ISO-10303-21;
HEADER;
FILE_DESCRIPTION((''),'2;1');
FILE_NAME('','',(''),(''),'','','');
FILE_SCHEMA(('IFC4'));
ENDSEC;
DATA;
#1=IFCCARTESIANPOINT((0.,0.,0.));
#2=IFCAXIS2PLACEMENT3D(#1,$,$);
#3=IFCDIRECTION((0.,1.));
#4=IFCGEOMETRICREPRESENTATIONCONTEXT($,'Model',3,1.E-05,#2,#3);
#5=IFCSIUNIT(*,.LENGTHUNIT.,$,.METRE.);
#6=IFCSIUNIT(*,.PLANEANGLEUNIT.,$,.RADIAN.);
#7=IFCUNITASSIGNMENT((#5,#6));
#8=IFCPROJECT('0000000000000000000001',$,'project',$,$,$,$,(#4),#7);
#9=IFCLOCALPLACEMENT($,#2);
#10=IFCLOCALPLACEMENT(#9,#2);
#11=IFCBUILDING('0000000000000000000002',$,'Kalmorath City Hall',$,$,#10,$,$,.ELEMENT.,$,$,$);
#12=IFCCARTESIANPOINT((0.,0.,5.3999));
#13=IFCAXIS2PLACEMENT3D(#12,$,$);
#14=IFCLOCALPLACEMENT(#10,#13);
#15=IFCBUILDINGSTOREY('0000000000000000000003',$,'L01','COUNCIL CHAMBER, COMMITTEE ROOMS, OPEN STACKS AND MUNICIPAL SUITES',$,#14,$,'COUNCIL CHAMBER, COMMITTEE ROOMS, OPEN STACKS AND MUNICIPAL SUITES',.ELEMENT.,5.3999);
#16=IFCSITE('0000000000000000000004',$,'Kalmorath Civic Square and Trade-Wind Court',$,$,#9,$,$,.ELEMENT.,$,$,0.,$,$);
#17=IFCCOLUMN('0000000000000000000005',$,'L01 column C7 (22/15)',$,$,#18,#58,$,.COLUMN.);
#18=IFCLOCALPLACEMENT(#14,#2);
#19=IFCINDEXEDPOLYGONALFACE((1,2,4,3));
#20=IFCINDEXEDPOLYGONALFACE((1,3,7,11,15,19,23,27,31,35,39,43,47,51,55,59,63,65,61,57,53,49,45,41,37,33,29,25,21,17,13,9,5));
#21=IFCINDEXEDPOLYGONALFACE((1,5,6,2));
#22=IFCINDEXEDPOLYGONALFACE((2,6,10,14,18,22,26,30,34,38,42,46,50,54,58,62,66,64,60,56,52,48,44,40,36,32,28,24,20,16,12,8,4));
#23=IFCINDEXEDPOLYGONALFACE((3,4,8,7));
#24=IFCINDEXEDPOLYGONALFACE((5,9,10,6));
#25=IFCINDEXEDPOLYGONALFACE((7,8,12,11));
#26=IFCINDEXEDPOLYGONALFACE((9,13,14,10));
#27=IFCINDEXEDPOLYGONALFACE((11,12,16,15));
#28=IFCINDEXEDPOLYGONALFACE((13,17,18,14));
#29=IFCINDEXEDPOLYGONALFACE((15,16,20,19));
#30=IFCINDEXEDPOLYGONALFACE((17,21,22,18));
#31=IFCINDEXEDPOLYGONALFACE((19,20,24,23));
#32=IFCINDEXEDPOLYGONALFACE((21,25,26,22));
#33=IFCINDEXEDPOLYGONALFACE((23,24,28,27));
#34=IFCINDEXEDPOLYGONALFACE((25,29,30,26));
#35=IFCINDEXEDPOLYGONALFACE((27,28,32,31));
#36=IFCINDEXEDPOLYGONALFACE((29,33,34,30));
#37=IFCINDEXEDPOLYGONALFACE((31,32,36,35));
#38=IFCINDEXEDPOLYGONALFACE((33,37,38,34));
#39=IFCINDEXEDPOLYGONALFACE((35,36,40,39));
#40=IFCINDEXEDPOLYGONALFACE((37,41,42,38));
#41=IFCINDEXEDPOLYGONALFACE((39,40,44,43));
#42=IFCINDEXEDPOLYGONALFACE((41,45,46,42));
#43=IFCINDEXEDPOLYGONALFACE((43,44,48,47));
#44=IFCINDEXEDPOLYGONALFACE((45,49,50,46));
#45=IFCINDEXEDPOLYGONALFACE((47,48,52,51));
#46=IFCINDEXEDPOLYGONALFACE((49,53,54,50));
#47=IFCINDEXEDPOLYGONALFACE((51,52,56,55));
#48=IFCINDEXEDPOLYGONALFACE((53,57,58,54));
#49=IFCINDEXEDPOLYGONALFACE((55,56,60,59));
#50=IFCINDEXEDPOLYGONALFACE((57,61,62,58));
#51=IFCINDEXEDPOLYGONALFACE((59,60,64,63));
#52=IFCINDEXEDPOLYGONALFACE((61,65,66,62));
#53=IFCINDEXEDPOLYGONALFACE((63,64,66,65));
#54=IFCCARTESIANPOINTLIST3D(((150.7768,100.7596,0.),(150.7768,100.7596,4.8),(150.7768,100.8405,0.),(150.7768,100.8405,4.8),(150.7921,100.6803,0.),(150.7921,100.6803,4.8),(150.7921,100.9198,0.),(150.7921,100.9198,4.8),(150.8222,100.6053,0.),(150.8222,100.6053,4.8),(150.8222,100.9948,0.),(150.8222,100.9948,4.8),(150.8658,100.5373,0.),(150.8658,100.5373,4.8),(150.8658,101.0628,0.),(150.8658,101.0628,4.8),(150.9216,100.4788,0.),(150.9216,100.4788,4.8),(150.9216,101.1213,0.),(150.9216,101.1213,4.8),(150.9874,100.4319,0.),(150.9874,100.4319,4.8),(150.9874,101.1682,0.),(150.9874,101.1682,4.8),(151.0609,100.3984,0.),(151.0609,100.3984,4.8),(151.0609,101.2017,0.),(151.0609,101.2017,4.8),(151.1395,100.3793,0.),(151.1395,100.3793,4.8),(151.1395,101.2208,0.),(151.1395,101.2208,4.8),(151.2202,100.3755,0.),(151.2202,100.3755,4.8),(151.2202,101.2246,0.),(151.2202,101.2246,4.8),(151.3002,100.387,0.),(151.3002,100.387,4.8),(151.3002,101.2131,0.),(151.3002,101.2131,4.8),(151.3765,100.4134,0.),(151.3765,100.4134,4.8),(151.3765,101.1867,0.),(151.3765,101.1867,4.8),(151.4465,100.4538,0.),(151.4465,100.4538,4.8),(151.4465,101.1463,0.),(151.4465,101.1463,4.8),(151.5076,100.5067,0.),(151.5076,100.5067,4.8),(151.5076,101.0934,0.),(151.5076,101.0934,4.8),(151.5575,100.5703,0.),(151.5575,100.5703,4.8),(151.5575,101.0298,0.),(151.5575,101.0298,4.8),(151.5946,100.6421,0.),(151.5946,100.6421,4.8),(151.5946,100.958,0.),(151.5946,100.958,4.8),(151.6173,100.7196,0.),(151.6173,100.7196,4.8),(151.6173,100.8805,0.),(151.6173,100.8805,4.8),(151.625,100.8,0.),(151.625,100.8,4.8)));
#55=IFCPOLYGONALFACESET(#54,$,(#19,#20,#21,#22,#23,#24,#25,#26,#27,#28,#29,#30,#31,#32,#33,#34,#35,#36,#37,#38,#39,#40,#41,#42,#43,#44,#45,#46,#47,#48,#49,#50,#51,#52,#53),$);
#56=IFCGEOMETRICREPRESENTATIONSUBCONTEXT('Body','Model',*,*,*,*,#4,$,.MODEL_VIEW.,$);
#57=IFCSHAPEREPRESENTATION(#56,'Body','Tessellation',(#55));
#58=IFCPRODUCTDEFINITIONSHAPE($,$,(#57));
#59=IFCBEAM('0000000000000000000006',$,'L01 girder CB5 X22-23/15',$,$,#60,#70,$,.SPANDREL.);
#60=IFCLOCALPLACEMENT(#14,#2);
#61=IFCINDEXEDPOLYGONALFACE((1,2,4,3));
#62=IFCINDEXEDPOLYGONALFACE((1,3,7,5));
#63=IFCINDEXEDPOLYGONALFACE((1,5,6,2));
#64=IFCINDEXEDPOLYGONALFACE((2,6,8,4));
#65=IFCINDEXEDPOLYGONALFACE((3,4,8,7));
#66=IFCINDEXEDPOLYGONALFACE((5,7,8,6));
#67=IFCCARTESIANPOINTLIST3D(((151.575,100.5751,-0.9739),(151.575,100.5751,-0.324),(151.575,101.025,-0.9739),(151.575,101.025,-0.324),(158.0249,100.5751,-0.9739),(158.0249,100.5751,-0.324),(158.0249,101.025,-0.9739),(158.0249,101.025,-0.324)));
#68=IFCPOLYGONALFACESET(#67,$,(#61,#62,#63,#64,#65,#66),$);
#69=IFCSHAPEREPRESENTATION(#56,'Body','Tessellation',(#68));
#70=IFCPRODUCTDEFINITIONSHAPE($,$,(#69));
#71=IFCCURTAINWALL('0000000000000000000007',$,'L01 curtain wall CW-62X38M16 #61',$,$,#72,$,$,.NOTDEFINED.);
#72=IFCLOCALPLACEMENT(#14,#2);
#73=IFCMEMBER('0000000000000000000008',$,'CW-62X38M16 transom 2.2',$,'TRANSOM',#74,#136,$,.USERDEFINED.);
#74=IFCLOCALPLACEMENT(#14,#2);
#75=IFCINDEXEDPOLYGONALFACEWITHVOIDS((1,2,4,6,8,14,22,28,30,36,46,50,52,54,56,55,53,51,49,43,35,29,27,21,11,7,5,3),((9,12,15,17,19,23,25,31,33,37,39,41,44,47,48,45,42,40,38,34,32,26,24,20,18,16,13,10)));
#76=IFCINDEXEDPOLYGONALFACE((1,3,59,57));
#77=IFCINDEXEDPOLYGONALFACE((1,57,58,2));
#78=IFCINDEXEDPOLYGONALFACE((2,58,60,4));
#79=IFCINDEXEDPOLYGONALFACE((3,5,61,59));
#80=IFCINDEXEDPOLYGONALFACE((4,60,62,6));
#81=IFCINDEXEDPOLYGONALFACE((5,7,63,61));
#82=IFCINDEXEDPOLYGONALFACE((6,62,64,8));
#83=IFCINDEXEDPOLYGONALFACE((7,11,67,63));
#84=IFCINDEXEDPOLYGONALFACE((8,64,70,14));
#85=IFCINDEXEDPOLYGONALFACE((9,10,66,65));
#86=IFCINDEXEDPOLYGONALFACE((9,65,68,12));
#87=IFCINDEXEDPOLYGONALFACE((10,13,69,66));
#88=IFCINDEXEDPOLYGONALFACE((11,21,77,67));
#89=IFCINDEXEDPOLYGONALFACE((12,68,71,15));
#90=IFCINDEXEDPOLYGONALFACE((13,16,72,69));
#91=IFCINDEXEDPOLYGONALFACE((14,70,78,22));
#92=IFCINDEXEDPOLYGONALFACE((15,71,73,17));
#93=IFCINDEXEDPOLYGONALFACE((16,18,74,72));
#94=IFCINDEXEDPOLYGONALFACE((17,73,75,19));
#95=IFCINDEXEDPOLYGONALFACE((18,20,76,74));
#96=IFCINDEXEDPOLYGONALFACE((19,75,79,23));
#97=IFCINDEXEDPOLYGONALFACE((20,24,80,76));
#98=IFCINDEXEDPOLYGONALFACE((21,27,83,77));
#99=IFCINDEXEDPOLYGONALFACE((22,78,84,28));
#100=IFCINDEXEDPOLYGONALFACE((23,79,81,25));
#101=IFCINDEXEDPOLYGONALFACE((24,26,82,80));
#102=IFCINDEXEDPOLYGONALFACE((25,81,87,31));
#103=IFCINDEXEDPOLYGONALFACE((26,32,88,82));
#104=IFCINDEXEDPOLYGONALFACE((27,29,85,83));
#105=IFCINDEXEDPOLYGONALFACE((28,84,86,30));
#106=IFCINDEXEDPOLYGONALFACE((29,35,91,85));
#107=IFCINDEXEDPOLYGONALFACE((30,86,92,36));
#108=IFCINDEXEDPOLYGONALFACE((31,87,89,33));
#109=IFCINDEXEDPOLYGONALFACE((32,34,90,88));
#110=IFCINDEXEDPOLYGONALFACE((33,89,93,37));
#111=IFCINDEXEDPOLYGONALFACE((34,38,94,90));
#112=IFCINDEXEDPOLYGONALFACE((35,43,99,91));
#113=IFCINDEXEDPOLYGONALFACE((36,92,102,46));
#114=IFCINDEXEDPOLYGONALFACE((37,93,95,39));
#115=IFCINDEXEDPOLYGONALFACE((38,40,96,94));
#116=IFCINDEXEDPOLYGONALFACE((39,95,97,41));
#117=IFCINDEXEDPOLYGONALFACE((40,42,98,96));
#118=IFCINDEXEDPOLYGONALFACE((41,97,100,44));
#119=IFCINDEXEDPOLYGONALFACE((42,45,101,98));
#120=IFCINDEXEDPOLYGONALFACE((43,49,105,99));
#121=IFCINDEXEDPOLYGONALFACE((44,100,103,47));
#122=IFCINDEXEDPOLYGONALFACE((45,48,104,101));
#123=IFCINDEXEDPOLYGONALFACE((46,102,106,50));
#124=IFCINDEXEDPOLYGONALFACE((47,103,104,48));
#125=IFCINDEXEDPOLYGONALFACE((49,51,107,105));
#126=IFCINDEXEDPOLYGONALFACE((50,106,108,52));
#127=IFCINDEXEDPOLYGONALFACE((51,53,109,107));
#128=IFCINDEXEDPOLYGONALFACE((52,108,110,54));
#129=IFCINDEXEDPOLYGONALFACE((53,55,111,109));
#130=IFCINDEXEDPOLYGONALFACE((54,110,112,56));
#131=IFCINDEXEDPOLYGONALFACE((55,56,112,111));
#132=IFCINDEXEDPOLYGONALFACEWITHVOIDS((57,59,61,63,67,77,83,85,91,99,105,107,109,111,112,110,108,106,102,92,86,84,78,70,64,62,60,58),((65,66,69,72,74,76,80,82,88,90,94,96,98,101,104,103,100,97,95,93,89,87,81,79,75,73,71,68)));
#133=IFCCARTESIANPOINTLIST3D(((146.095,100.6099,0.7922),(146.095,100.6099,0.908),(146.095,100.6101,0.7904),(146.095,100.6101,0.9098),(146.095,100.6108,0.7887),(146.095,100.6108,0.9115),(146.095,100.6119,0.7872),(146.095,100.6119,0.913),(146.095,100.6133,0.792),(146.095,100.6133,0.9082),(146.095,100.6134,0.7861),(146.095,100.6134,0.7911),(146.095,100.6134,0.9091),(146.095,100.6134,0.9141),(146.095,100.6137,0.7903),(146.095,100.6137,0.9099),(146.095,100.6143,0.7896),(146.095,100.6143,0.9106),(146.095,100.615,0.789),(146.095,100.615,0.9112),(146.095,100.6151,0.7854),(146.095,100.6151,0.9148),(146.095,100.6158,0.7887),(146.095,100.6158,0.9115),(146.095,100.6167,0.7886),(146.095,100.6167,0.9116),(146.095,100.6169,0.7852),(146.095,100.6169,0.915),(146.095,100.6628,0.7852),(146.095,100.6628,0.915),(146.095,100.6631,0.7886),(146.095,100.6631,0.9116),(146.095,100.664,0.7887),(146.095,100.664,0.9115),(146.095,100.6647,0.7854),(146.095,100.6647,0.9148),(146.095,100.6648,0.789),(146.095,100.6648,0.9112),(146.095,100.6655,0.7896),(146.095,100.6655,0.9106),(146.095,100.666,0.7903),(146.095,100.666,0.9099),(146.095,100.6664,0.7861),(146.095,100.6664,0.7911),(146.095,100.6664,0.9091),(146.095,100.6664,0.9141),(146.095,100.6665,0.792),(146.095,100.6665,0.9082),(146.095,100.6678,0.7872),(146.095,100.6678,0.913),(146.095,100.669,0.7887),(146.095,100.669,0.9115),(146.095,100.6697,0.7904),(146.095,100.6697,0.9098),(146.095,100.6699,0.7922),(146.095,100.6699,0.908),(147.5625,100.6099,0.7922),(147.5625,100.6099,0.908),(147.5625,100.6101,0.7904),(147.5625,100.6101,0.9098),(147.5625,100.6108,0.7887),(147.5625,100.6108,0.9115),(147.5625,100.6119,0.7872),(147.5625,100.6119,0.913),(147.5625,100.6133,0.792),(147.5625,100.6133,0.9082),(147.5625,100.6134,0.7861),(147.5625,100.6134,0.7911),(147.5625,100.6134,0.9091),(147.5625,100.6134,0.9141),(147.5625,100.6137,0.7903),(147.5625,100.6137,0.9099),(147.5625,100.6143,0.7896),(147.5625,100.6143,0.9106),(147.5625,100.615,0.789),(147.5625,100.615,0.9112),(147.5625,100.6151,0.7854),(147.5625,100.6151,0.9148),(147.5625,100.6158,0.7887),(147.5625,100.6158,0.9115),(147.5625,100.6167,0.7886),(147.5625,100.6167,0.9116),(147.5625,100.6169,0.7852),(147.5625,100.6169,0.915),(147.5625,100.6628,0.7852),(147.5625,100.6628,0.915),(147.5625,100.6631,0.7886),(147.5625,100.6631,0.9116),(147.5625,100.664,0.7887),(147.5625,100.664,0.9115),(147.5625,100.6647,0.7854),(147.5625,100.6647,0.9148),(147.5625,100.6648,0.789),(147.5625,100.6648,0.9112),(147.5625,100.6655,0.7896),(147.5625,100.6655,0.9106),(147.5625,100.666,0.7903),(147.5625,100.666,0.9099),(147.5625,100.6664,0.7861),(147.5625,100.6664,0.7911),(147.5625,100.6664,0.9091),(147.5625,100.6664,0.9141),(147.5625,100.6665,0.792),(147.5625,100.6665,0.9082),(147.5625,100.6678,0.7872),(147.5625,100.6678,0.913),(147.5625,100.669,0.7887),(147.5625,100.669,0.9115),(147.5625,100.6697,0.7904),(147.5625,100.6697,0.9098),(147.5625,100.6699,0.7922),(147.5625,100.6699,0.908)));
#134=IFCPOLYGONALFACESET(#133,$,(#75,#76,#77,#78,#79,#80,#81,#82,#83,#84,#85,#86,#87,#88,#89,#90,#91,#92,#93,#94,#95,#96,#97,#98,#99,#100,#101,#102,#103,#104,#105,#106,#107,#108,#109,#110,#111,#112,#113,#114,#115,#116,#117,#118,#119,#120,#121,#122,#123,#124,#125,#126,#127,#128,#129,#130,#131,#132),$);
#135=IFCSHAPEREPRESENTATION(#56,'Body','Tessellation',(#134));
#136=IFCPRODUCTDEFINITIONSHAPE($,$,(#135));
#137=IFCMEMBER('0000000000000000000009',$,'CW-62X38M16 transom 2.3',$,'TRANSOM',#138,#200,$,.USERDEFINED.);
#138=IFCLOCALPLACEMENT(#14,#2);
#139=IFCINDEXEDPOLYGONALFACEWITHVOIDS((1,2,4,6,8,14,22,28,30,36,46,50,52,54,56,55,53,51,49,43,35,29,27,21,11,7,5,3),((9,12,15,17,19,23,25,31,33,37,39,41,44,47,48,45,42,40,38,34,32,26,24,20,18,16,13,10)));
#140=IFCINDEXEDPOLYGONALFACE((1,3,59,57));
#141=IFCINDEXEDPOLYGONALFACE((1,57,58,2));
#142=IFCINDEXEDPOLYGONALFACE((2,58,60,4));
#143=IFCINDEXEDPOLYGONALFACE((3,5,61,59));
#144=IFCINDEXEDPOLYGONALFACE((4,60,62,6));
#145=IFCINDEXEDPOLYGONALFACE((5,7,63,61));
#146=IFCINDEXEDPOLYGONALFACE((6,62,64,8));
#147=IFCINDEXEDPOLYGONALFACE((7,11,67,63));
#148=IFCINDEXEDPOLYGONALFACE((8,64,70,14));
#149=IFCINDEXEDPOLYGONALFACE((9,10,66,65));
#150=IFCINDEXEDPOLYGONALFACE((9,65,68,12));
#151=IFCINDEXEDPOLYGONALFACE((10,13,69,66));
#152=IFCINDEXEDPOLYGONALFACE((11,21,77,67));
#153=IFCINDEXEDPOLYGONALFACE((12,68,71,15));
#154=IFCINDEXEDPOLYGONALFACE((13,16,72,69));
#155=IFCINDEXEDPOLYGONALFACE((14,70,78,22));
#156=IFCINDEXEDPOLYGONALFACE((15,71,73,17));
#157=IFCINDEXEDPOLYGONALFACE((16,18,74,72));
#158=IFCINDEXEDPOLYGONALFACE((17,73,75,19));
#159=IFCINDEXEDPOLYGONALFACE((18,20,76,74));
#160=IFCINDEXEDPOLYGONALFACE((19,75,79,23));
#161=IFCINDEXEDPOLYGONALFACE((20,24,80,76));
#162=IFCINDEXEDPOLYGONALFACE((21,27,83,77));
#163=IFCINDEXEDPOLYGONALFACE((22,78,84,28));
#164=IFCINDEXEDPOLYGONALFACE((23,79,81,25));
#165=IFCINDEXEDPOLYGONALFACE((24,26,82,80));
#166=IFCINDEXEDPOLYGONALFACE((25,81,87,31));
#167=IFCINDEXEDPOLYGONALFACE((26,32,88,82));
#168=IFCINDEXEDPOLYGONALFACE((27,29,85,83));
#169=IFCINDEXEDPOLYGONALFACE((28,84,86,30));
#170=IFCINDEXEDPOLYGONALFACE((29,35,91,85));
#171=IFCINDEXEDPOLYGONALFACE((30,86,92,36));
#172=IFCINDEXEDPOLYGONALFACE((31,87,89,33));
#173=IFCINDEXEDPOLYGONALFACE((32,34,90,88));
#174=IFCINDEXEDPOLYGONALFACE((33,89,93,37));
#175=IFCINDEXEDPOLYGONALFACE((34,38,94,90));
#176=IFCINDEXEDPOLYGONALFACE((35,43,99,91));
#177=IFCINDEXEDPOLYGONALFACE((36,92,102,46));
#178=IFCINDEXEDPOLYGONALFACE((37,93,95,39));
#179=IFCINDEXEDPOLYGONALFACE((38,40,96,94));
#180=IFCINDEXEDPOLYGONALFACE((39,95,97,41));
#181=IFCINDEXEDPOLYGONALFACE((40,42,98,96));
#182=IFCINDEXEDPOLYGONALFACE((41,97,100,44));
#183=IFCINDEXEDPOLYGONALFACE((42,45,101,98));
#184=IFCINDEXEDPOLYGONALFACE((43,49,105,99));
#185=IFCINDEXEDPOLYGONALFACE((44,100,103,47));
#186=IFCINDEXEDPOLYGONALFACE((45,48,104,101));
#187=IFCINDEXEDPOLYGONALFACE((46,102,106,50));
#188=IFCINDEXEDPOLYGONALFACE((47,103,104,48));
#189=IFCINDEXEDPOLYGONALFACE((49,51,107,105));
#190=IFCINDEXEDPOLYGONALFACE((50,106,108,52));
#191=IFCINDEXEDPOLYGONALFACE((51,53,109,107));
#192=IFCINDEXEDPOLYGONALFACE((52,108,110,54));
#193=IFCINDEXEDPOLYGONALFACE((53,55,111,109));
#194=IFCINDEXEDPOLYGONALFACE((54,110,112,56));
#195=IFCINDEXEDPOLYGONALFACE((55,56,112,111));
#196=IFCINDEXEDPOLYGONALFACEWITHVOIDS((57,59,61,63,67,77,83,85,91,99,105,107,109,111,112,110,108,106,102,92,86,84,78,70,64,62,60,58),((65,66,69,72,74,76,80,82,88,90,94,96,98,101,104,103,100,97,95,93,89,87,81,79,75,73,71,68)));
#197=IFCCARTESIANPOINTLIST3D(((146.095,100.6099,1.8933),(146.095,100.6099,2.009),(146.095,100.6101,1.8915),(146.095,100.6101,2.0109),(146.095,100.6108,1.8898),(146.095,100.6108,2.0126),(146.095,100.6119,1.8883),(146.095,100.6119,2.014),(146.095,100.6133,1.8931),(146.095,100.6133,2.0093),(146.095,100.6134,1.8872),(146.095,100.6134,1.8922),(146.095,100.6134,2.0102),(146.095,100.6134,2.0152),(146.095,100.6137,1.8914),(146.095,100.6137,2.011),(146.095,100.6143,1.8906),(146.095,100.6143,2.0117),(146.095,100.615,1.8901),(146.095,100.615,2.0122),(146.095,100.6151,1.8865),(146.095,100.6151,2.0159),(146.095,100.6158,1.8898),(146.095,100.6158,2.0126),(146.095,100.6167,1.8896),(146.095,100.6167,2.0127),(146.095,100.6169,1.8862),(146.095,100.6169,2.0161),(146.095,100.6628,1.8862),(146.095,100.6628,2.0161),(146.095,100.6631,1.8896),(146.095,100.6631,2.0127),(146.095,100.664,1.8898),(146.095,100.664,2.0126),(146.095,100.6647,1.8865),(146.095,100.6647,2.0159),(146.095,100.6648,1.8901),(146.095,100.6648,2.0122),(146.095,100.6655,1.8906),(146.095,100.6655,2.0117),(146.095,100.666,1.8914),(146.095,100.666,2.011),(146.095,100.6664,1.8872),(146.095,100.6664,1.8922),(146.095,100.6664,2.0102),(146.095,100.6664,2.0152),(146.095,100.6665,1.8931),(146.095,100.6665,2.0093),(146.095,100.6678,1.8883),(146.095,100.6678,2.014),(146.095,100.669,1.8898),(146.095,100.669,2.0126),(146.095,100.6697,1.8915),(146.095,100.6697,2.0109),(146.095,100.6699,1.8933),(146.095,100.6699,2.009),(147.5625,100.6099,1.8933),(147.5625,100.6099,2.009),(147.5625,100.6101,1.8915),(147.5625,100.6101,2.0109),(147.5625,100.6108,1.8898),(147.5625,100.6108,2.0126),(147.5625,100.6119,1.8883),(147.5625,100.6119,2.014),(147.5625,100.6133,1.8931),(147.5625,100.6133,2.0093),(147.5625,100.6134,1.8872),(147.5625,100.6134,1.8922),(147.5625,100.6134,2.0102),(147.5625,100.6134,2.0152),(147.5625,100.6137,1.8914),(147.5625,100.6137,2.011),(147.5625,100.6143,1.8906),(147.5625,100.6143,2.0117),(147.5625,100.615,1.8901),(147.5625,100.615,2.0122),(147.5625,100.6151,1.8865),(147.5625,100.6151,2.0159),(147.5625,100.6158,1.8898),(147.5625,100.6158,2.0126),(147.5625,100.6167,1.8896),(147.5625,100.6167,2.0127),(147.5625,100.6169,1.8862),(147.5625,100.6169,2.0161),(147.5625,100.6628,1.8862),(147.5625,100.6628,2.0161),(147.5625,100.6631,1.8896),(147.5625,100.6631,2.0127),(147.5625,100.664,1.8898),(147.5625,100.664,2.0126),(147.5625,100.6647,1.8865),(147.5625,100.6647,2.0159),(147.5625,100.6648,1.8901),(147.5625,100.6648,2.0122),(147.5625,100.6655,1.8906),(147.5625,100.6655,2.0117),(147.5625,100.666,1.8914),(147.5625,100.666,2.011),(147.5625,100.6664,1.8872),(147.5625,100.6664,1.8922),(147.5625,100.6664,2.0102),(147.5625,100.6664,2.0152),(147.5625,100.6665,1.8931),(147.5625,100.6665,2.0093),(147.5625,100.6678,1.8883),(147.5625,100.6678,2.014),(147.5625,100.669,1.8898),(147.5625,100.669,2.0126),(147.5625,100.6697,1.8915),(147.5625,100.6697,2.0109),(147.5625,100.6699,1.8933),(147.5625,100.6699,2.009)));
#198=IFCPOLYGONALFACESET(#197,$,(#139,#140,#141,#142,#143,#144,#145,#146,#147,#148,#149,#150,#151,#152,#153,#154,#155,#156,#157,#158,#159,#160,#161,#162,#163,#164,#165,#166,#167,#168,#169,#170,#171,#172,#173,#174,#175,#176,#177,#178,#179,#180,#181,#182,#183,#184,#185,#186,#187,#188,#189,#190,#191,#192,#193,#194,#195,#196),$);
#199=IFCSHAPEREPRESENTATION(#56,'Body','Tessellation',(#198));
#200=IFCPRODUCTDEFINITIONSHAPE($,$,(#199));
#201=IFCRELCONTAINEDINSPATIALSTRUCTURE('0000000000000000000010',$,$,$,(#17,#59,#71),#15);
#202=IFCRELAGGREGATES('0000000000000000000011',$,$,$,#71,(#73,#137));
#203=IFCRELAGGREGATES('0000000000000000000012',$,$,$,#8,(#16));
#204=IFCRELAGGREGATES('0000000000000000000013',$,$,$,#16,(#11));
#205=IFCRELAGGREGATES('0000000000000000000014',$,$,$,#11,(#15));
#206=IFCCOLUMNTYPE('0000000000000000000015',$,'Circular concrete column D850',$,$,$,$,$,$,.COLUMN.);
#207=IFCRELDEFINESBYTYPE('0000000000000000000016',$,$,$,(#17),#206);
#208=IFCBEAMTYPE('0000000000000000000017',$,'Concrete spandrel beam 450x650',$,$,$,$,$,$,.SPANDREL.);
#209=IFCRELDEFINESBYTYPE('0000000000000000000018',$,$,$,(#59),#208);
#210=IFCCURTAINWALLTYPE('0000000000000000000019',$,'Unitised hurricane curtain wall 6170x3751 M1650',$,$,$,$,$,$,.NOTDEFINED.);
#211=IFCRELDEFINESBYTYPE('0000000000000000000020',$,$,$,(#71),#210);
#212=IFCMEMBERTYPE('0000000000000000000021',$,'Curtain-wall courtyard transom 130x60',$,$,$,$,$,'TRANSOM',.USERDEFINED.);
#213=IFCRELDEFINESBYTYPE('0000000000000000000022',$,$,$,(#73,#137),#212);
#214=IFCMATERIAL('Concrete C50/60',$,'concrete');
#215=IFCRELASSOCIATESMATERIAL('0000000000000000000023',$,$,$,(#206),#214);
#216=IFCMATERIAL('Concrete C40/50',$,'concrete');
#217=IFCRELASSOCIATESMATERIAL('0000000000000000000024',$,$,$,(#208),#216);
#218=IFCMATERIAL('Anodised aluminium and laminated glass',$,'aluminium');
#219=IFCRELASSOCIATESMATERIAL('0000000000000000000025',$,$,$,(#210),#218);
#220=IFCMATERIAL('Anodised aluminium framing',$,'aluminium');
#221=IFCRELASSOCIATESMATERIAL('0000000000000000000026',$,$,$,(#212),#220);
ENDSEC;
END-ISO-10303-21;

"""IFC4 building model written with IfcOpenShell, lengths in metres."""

from ifc_helpers import new_model, si_unit, direction, frame, origin, origin_2d, place, context, subcontext, project, spatial, rectangle, hollow_rectangle, circle, extrude, material, material_profile, profile_set, type_object, element, aggregate, save


model = new_model("IFC4")

# Units and contexts
model_context = context("Model", 3, precision=1e-05, world=origin(), true_north=direction((0.0, 1.0)))
body_context = subcontext(model_context, "Body", "Model", "MODEL_VIEW")
ifc_project = project(units=[si_unit("LENGTHUNIT", "METRE"), si_unit("PLANEANGLEUNIT", "RADIAN")], contexts=[model_context])

# Site, building, storey
site_placement = place(None, origin())
site = spatial("IfcSite", under=ifc_project, at=site_placement, Name="Kalmorath Civic Square and Trade-Wind Court", CompositionType="ELEMENT", RefElevation=0.0)
building_placement = place(site_placement, origin())
building = spatial("IfcBuilding", under=site, at=building_placement, Name="Kalmorath City Hall", CompositionType="ELEMENT")
storey_placement = place(building_placement, frame((0.0, 0.0, 5.3999)))
storey = spatial("IfcBuildingStorey", under=building, at=storey_placement, Name="L01", Description="COUNCIL CHAMBER, COMMITTEE ROOMS, OPEN STACKS AND MUNICIPAL SUITES", LongName="COUNCIL CHAMBER, COMMITTEE ROOMS, OPEN STACKS AND MUNICIPAL SUITES", CompositionType="ELEMENT", Elevation=5.3999)

# Column
ifc_material_1 = material(Name="Concrete C50/60", Category="concrete")
ifc_material_profile_1 = material_profile(ifc_material_1, circle(Radius=0.425, at=origin_2d()), Name="RC-COL-D850")
ifc_profile_set_1 = profile_set([ifc_material_profile_1], Name="Concrete C50/60")
column_type = type_object("IfcColumnType", Name="Circular concrete column D850", PredefinedType="COLUMN", material=ifc_profile_set_1)
column_placement = place(storey_placement, frame((151.2, 100.8, 0.0), z_axis=(0.0, 0.0, 1.0), x_axis=(1.0, 0.0, 0.0)))
element("IfcColumn", 1, at=column_placement, inside=storey, type_object=column_type, Name="L01 column C7 (22/15)", PredefinedType="COLUMN", context=body_context, shape_type="SweptSolid", body=[
    extrude(circle(Radius=0.425, at=origin_2d()), origin(), (0.0, 0.0, 1.0), 4.8),
])

# Beam
ifc_material_2 = material(Name="Concrete C40/50", Category="concrete")
ifc_material_profile_2 = material_profile(ifc_material_2, rectangle(XDim=0.45, YDim=0.6499, at=origin_2d()), Name="RC-BM-450X650")
ifc_profile_set_2 = profile_set([ifc_material_profile_2], Name="Concrete C40/50")
beam_type = type_object("IfcBeamType", Name="Concrete spandrel beam 450x650", PredefinedType="SPANDREL", material=ifc_profile_set_2)
beam_placement = place(storey_placement, frame((151.575, 100.8, -0.6489), z_axis=(1.0, 0.0, 0.0), x_axis=(0.0, 1.0, 0.0)))
element("IfcBeam", 2, at=beam_placement, inside=storey, type_object=beam_type, Name="L01 girder CB5 X22-23/15", PredefinedType="SPANDREL", context=body_context, shape_type="SweptSolid", body=[
    extrude(rectangle(XDim=0.45, YDim=0.6499, at=origin_2d()), origin(), (0.0, 0.0, 1.0), 6.45),
])

# Curtain wall, members
ifc_material_3 = material(Name="Anodised aluminium and laminated glass", Category="aluminium")
curtain_wall_type = type_object("IfcCurtainWallType", Name="Unitised hurricane curtain wall 6170x3751 M1650", PredefinedType="NOTDEFINED", material=ifc_material_3)
curtain_wall_placement = place(storey_placement, origin())
curtain_wall = element("IfcCurtainWall", 3, at=curtain_wall_placement, inside=storey, type_object=curtain_wall_type, Name="L01 curtain wall CW-62X38M16 #61", PredefinedType="NOTDEFINED")
ifc_material_4 = material(Name="Anodised aluminium framing", Category="aluminium")
ifc_material_profile_3 = material_profile(ifc_material_4, hollow_rectangle(XDim=0.0601, YDim=0.1299, WallThickness=0.0034, InnerFilletRadius=0.0034, OuterFilletRadius=0.0071, at=origin_2d()), Name="ALU-TRN-130X60X3.5")
ifc_profile_set_3 = profile_set([ifc_material_profile_3], Name="Anodised aluminium framing")
member_type_1 = type_object("IfcMemberType", Name="Curtain-wall courtyard transom 130x60", ElementType="TRANSOM", PredefinedType="USERDEFINED", material=ifc_profile_set_3)
member_1_placement = place(storey_placement, frame((146.095, 100.6399, 0.8501), z_axis=(1.0, 0.0, 0.0), x_axis=(0.0, 1.0, 0.0)))
member_1 = element("IfcMember", 4, at=member_1_placement, type_object=member_type_1, Name="CW-62X38M16 transom 2.2", ObjectType="TRANSOM", PredefinedType="USERDEFINED", context=body_context, shape_type="SweptSolid", body=[
    extrude(hollow_rectangle(XDim=0.0601, YDim=0.1299, WallThickness=0.0034, InnerFilletRadius=0.0034, OuterFilletRadius=0.0071, at=origin_2d()), origin(), (0.0, 0.0, 1.0), 1.4675),
])
member_2_placement = place(storey_placement, frame((146.095, 100.6399, 1.9512), z_axis=(1.0, 0.0, 0.0), x_axis=(0.0, 1.0, 0.0)))
member_2 = element("IfcMember", 5, at=member_2_placement, type_object=member_type_1, Name="CW-62X38M16 transom 2.3", ObjectType="TRANSOM", PredefinedType="USERDEFINED", context=body_context, shape_type="SweptSolid", body=[
    extrude(hollow_rectangle(XDim=0.0601, YDim=0.1299, WallThickness=0.0034, InnerFilletRadius=0.0034, OuterFilletRadius=0.0071, at=origin_2d()), origin(), (0.0, 0.0, 1.0), 1.4675),
])
aggregate(curtain_wall, [member_1, member_2])

save(model, "model.ifc")
